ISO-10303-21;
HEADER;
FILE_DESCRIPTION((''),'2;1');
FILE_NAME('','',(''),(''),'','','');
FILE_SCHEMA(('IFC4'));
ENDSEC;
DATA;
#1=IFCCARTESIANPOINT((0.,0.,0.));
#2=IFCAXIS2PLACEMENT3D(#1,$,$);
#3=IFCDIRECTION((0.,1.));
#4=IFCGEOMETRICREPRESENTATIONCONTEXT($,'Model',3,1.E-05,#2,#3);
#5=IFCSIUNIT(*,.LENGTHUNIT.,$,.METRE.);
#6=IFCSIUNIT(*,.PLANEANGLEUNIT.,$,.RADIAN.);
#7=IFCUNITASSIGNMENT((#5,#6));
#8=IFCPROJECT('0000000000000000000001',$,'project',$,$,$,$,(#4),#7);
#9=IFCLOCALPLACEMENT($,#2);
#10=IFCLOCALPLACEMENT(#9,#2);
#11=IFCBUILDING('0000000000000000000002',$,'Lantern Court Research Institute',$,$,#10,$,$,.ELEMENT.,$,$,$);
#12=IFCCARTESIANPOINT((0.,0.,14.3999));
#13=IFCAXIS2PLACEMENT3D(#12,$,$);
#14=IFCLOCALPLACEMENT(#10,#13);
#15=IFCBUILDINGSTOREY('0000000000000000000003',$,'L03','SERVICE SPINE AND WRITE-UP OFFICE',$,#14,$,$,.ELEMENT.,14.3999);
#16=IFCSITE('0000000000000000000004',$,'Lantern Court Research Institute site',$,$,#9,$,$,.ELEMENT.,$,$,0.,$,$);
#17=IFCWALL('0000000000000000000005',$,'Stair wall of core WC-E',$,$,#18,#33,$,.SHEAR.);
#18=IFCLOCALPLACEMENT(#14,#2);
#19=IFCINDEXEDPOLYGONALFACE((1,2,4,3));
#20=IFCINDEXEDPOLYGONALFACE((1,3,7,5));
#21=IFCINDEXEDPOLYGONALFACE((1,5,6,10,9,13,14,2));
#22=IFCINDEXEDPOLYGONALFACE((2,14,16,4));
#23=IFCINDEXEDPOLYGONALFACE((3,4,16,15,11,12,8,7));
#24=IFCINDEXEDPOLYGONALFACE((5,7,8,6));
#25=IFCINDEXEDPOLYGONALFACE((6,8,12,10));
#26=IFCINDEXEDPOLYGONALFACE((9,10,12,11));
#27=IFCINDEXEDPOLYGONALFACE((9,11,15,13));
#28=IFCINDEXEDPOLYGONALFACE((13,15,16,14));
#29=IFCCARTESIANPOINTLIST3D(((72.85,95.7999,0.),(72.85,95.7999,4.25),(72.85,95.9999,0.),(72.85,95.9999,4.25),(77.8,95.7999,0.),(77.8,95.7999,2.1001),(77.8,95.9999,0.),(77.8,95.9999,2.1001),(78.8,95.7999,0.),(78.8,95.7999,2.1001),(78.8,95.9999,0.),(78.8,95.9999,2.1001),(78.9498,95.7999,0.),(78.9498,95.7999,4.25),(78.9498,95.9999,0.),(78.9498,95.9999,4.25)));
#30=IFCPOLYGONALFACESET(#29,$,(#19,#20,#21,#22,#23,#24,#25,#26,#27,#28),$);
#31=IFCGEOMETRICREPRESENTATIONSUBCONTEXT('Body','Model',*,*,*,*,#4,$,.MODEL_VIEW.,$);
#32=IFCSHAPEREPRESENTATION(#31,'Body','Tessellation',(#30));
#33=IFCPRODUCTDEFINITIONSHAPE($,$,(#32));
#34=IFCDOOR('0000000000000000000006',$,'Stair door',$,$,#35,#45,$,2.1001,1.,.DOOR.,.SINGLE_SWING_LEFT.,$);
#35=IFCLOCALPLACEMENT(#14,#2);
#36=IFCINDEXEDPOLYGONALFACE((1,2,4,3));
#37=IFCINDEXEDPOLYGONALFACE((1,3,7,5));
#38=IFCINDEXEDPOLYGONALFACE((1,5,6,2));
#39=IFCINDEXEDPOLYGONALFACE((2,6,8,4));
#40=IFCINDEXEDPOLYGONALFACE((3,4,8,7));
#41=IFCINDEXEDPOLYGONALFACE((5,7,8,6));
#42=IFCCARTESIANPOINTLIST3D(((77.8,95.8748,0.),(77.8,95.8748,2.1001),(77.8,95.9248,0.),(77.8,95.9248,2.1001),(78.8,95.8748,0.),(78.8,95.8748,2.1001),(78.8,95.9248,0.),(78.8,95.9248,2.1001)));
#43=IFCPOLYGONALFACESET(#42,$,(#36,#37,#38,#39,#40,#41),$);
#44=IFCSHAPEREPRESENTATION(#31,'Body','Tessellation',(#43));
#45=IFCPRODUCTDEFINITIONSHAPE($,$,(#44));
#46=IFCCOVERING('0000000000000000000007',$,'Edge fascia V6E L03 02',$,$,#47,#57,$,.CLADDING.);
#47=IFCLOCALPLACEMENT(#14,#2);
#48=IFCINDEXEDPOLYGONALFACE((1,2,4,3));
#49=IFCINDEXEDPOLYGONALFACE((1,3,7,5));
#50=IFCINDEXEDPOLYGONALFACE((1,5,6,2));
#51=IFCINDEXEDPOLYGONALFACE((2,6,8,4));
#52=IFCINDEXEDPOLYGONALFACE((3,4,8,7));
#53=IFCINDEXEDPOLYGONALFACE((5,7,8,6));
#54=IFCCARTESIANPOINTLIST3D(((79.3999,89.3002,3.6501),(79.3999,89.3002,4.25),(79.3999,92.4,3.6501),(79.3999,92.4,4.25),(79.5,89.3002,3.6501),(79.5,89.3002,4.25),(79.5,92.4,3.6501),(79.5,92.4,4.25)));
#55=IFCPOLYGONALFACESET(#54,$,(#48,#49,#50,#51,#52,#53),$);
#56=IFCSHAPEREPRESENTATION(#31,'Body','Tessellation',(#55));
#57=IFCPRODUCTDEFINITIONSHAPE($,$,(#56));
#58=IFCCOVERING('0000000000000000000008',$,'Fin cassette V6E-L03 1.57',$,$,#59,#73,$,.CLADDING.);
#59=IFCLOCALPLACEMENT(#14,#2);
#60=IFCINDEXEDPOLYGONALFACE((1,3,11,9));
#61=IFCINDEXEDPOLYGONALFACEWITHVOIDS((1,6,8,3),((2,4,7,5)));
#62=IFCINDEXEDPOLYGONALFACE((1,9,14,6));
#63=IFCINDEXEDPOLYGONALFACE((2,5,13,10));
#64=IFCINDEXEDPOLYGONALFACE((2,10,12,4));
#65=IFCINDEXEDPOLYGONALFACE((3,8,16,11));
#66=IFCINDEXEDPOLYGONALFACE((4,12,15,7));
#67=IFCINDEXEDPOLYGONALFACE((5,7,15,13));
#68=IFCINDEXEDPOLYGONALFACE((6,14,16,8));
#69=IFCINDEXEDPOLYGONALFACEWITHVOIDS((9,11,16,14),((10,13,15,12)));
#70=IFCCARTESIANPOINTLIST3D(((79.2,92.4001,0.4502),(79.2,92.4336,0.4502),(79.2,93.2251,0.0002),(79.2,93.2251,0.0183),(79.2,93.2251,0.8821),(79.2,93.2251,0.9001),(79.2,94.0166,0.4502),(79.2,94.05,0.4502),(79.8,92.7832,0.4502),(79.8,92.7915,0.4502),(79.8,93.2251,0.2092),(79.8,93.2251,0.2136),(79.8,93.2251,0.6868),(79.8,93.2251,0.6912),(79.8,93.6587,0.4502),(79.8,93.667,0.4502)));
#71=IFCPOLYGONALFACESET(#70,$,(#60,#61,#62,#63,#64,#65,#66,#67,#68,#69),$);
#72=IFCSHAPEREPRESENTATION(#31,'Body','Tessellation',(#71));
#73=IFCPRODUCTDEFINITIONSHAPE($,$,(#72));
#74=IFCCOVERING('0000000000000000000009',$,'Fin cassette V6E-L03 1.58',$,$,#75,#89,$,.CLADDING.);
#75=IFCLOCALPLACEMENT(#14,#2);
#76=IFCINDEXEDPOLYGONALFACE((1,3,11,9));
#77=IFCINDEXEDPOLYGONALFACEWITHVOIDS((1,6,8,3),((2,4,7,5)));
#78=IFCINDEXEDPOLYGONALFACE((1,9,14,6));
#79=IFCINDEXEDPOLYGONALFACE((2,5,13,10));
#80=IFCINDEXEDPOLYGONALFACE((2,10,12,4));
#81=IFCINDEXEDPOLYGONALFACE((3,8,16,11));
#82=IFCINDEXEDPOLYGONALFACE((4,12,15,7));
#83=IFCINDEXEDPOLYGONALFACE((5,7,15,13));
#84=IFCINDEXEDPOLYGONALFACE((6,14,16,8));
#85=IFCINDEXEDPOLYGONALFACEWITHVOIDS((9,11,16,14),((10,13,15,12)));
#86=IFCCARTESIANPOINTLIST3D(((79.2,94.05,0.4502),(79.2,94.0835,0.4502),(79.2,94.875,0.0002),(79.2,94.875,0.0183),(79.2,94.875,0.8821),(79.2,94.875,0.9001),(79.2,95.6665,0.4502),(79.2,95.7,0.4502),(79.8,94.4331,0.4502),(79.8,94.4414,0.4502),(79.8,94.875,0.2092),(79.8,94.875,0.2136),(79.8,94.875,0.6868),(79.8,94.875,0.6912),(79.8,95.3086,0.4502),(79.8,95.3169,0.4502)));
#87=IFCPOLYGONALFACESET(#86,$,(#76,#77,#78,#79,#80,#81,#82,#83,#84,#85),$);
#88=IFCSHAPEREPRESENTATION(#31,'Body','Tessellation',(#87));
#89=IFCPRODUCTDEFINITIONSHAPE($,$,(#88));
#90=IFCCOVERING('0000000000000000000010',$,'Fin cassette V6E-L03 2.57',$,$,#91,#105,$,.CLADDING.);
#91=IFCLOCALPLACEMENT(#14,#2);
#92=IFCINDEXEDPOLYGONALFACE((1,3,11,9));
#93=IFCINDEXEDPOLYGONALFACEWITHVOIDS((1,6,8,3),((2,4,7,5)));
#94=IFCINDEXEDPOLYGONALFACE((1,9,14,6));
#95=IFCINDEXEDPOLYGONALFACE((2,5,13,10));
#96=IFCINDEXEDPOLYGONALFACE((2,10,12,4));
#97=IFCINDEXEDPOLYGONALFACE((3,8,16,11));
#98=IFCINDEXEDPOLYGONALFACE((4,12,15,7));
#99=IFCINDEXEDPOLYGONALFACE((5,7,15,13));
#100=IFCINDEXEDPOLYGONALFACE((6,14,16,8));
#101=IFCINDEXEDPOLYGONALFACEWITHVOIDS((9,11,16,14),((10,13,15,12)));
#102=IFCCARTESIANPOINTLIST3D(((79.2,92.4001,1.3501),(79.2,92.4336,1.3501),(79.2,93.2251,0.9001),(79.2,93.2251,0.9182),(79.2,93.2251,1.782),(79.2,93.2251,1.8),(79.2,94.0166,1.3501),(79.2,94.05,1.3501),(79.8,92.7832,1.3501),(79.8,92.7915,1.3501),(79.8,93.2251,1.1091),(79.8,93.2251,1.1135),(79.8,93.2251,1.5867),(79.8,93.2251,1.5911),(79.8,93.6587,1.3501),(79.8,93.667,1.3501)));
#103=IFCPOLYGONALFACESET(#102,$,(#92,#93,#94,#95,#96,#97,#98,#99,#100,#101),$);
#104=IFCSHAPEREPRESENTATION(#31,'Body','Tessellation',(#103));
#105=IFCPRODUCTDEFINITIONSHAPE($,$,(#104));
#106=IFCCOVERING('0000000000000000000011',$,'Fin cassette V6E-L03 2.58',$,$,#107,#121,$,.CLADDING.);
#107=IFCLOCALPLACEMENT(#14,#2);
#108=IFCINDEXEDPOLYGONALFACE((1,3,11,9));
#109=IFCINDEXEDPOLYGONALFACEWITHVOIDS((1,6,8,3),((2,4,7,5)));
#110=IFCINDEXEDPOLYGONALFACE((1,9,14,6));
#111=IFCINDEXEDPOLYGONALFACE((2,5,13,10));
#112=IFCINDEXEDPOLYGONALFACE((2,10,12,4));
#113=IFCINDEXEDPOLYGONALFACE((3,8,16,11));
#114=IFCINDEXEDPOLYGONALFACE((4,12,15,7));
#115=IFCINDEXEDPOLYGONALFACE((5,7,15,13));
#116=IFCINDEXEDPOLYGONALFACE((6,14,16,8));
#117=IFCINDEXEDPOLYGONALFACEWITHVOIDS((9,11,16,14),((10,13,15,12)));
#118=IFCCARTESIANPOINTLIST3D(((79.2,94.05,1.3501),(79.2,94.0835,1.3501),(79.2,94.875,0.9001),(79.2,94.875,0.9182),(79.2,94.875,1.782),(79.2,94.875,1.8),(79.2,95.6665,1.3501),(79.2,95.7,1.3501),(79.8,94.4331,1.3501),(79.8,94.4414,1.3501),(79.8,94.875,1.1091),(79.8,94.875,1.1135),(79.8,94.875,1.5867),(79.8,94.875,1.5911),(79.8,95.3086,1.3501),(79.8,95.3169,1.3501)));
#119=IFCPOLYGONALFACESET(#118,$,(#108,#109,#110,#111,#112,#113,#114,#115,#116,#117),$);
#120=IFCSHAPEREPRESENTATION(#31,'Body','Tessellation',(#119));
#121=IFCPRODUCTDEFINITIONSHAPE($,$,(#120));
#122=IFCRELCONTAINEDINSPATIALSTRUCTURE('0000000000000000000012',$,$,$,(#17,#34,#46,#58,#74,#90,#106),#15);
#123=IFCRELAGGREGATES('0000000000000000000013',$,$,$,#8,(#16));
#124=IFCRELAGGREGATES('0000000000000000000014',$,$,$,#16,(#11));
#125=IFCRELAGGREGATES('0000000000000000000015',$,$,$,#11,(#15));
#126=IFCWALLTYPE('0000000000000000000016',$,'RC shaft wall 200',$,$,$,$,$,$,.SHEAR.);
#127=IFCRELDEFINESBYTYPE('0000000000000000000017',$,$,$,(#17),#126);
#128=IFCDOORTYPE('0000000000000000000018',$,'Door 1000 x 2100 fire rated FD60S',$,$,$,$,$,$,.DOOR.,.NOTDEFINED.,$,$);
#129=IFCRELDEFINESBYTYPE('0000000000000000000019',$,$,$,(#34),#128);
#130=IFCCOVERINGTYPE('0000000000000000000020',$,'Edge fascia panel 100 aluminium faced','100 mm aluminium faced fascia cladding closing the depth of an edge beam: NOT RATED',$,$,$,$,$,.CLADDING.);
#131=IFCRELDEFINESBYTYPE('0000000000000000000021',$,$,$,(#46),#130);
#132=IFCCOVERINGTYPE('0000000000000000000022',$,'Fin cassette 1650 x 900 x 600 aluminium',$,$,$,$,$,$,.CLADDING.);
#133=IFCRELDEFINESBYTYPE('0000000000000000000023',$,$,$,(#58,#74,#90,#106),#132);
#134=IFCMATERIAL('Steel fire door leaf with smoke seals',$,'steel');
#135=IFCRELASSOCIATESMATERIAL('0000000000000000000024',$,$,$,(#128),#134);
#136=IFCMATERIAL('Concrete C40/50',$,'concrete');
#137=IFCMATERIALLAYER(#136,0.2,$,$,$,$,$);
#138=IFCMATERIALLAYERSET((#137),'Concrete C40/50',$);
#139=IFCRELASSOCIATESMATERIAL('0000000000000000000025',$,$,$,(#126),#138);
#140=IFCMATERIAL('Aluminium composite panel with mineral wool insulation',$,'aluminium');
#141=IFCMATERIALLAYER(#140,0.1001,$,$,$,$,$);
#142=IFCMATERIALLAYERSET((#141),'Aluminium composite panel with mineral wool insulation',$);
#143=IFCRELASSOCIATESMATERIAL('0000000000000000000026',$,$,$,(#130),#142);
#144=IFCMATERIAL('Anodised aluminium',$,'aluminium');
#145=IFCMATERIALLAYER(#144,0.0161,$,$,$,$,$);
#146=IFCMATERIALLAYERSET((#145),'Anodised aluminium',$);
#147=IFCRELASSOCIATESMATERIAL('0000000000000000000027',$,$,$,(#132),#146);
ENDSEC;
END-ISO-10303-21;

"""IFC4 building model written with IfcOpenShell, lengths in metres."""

from ifc_helpers import new_model, entity, si_unit, direction, frame, frame_2d, origin, place, context, subcontext, project, spatial, rectangle, extrude, material, layer, layer_set, type_object, element, fill, save


model = new_model("IFC4")

# Units and contexts
model_context = context("Model", 3, precision=1e-05, world=origin(), true_north=direction((0.0, 1.0)))
body_context = subcontext(model_context, "Body", "Model", "MODEL_VIEW")
ifc_project = project(units=[si_unit("LENGTHUNIT", "METRE"), si_unit("PLANEANGLEUNIT", "RADIAN")], contexts=[model_context])

# Site, building, storey
site_placement = place(None, origin())
site = spatial("IfcSite", under=ifc_project, at=site_placement, Name="Lantern Court Research Institute site", CompositionType="ELEMENT", RefElevation=0.0)
building_placement = place(site_placement, origin())
building = spatial("IfcBuilding", under=site, at=building_placement, Name="Lantern Court Research Institute", CompositionType="ELEMENT")
storey_placement = place(building_placement, frame((0.0, 0.0, 14.3999)))
storey = spatial("IfcBuildingStorey", under=building, at=storey_placement, Name="L03", Description="SERVICE SPINE AND WRITE-UP OFFICE", CompositionType="ELEMENT", Elevation=14.3999)

# Shared definitions
ifc_material_1 = material(Name="Steel fire door leaf with smoke seals", Category="steel")
door_type_1 = type_object("IfcDoorType", Name="Door 1000 x 2100 fire rated FD60S", OperationType="NOTDEFINED", PredefinedType="DOOR", material=ifc_material_1)

# Wall, opening, door
ifc_material_2 = material(Name="Concrete C40/50", Category="concrete")
ifc_layer_1 = layer(ifc_material_2, 0.2)
ifc_layer_set_1 = layer_set([ifc_layer_1], Name="Concrete C40/50")
wall_type_1 = type_object("IfcWallType", Name="RC shaft wall 200", PredefinedType="SHEAR", material=ifc_layer_set_1)
wall_1_placement = place(storey_placement, frame((72.8501, 95.8999, 0.0), z_axis=(0.0, 0.0, 1.0), x_axis=(1.0, 0.0, 0.0)))
wall_1 = element("IfcWall", 1, at=wall_1_placement, inside=storey, type_object=wall_type_1, Name="Stair wall of core WC-E", PredefinedType="SHEAR", context=body_context, shape_type="SweptSolid", body=[
    extrude(rectangle(XDim=6.0999, YDim=0.2, at=frame_2d((3.0498, 0.0))), origin(), (0.0, 0.0, 1.0), 4.25),
])
opening_1_placement = place(wall_1_placement, frame((4.95, 0.0, 0.0)))
opening_1 = element("IfcOpeningElement", 2, at=opening_1_placement, cuts=wall_1, PredefinedType="OPENING", context=body_context, shape_type="SweptSolid", body=[
    extrude(rectangle(XDim=1.0, YDim=2.1001, at=frame_2d((0.5, 1.05))), frame((0.0, 0.1099, 0.0), z_axis=(0.0, -1.0, 0.0), x_axis=(1.0, 0.0, 0.0)), (0.0, 0.0, 1.0), 0.22),
])
door_1_placement = place(opening_1_placement, origin())
door_1 = element("IfcDoor", 3, at=door_1_placement, inside=storey, type_object=door_type_1, Name="Stair door", OperationType="SINGLE_SWING_LEFT", OverallHeight=2.1001, OverallWidth=1.0, PredefinedType="DOOR", context=body_context, shape_type="SweptSolid", body=[
    extrude(rectangle(XDim=1.0, YDim=2.1001, at=frame_2d((0.5, 1.05))), frame((0.0, 0.0249, 0.0), z_axis=(0.0, -1.0, 0.0), x_axis=(1.0, 0.0, 0.0)), (0.0, 0.0, 1.0), 0.05),
])
fill(opening_1, door_1)

# Coverings
ifc_material_3 = material(Name="Aluminium composite panel with mineral wool insulation", Category="aluminium")
ifc_layer_2 = layer(ifc_material_3, 0.1001)
ifc_layer_set_2 = layer_set([ifc_layer_2], Name="Aluminium composite panel with mineral wool insulation")
covering_type_1 = type_object("IfcCoveringType", Name="Edge fascia panel 100 aluminium faced", Description="100 mm aluminium faced fascia cladding closing the depth of an edge beam: NOT RATED", PredefinedType="CLADDING", material=ifc_layer_set_2)
covering_1_placement = place(storey_placement, frame((79.45, 92.3999, 3.6501), z_axis=(0.0, 0.0, 1.0), x_axis=(0.0, -1.0, 0.0)))
element("IfcCovering", 4, at=covering_1_placement, inside=storey, type_object=covering_type_1, Name="Edge fascia V6E L03 02", PredefinedType="CLADDING", context=body_context, shape_type="SweptSolid", body=[
    extrude(rectangle(XDim=3.0999, YDim=0.1001, at=frame_2d((1.5498, 0.0))), origin(), (0.0, 0.0, 1.0), 0.5999),
])
ifc_material_4 = material(Name="Anodised aluminium", Category="aluminium")
ifc_layer_3 = layer(ifc_material_4, 0.0161)
ifc_layer_set_3 = layer_set([ifc_layer_3], Name="Anodised aluminium")
covering_type_2 = type_object("IfcCoveringType", Name="Fin cassette 1650 x 900 x 600 aluminium", PredefinedType="CLADDING", material=ifc_layer_set_3)
covering_2_placement = place(storey_placement, frame((79.2, 93.2251, 0.4502), z_axis=(1.0, 0.0, 0.0), x_axis=(0.0, 1.0, 0.0)))
cartesian_point_1 = entity("IfcCartesianPoint", [0.825, 0.0])
cartesian_point_2 = entity("IfcCartesianPoint", [0.7915, 0.0])
cartesian_point_3 = entity("IfcCartesianPoint", [0.4419, 0.0])
cartesian_point_4 = entity("IfcCartesianPoint", [0.4336, 0.0])
element("IfcCovering", 5, at=covering_2_placement, inside=storey, type_object=covering_type_2, Name="Fin cassette V6E-L03 1.57", PredefinedType="CLADDING", context=body_context, shape_type="SweptSolid", body=[
    entity("IfcExtrudedAreaSolidTapered", entity("IfcArbitraryProfileDefWithVoids", "AREA", None, entity("IfcPolyline", [cartesian_point_1, entity("IfcCartesianPoint", [0.0, 0.45]), entity("IfcCartesianPoint", [-0.825, 0.0]), entity("IfcCartesianPoint", [0.0, -0.45]), cartesian_point_1]), [entity("IfcPolyline", [cartesian_point_2, entity("IfcCartesianPoint", [0.0, 0.4319]), entity("IfcCartesianPoint", [-0.7915, 0.0]), entity("IfcCartesianPoint", [0.0, -0.4319]), cartesian_point_2])]), entity("IfcAxis2Placement3D", entity("IfcCartesianPoint", [0.0, 0.0, 0.0])), entity("IfcDirection", [0.0, 0.0, 1.0]), 0.6001, entity("IfcArbitraryProfileDefWithVoids", "AREA", None, entity("IfcPolyline", [cartesian_point_3, entity("IfcCartesianPoint", [0.0, 0.241]), entity("IfcCartesianPoint", [-0.4419, 0.0]), entity("IfcCartesianPoint", [0.0, -0.241]), cartesian_point_3]), [entity("IfcPolyline", [cartesian_point_4, entity("IfcCartesianPoint", [0.0, 0.2366]), entity("IfcCartesianPoint", [-0.4336, 0.0]), entity("IfcCartesianPoint", [0.0, -0.2366]), cartesian_point_4])])),
])
covering_3_placement = place(storey_placement, frame((79.2, 94.875, 0.4502), z_axis=(1.0, 0.0, 0.0), x_axis=(0.0, 1.0, 0.0)))
cartesian_point_5 = entity("IfcCartesianPoint", [0.825, 0.0])
cartesian_point_6 = entity("IfcCartesianPoint", [0.7915, 0.0])
cartesian_point_7 = entity("IfcCartesianPoint", [0.4419, 0.0])
cartesian_point_8 = entity("IfcCartesianPoint", [0.4336, 0.0])
element("IfcCovering", 6, at=covering_3_placement, inside=storey, type_object=covering_type_2, Name="Fin cassette V6E-L03 1.58", PredefinedType="CLADDING", context=body_context, shape_type="SweptSolid", body=[
    entity("IfcExtrudedAreaSolidTapered", entity("IfcArbitraryProfileDefWithVoids", "AREA", None, entity("IfcPolyline", [cartesian_point_5, entity("IfcCartesianPoint", [0.0, 0.45]), entity("IfcCartesianPoint", [-0.825, 0.0]), entity("IfcCartesianPoint", [0.0, -0.45]), cartesian_point_5]), [entity("IfcPolyline", [cartesian_point_6, entity("IfcCartesianPoint", [0.0, 0.4319]), entity("IfcCartesianPoint", [-0.7915, 0.0]), entity("IfcCartesianPoint", [0.0, -0.4319]), cartesian_point_6])]), entity("IfcAxis2Placement3D", entity("IfcCartesianPoint", [0.0, 0.0, 0.0])), entity("IfcDirection", [0.0, 0.0, 1.0]), 0.6001, entity("IfcArbitraryProfileDefWithVoids", "AREA", None, entity("IfcPolyline", [cartesian_point_7, entity("IfcCartesianPoint", [0.0, 0.241]), entity("IfcCartesianPoint", [-0.4419, 0.0]), entity("IfcCartesianPoint", [0.0, -0.241]), cartesian_point_7]), [entity("IfcPolyline", [cartesian_point_8, entity("IfcCartesianPoint", [0.0, 0.2366]), entity("IfcCartesianPoint", [-0.4336, 0.0]), entity("IfcCartesianPoint", [0.0, -0.2366]), cartesian_point_8])])),
])
covering_4_placement = place(storey_placement, frame((79.2, 93.2251, 1.3501), z_axis=(1.0, 0.0, 0.0), x_axis=(0.0, 1.0, 0.0)))
cartesian_point_9 = entity("IfcCartesianPoint", [0.825, 0.0])
cartesian_point_10 = entity("IfcCartesianPoint", [0.7915, 0.0])
cartesian_point_11 = entity("IfcCartesianPoint", [0.4419, 0.0])
cartesian_point_12 = entity("IfcCartesianPoint", [0.4336, 0.0])
element("IfcCovering", 7, at=covering_4_placement, inside=storey, type_object=covering_type_2, Name="Fin cassette V6E-L03 2.57", PredefinedType="CLADDING", context=body_context, shape_type="SweptSolid", body=[
    entity("IfcExtrudedAreaSolidTapered", entity("IfcArbitraryProfileDefWithVoids", "AREA", None, entity("IfcPolyline", [cartesian_point_9, entity("IfcCartesianPoint", [0.0, 0.45]), entity("IfcCartesianPoint", [-0.825, 0.0]), entity("IfcCartesianPoint", [0.0, -0.45]), cartesian_point_9]), [entity("IfcPolyline", [cartesian_point_10, entity("IfcCartesianPoint", [0.0, 0.4319]), entity("IfcCartesianPoint", [-0.7915, 0.0]), entity("IfcCartesianPoint", [0.0, -0.4319]), cartesian_point_10])]), entity("IfcAxis2Placement3D", entity("IfcCartesianPoint", [0.0, 0.0, 0.0])), entity("IfcDirection", [0.0, 0.0, 1.0]), 0.6001, entity("IfcArbitraryProfileDefWithVoids", "AREA", None, entity("IfcPolyline", [cartesian_point_11, entity("IfcCartesianPoint", [0.0, 0.241]), entity("IfcCartesianPoint", [-0.4419, 0.0]), entity("IfcCartesianPoint", [0.0, -0.241]), cartesian_point_11]), [entity("IfcPolyline", [cartesian_point_12, entity("IfcCartesianPoint", [0.0, 0.2366]), entity("IfcCartesianPoint", [-0.4336, 0.0]), entity("IfcCartesianPoint", [0.0, -0.2366]), cartesian_point_12])])),
])
covering_5_placement = place(storey_placement, frame((79.2, 94.875, 1.3501), z_axis=(1.0, 0.0, 0.0), x_axis=(0.0, 1.0, 0.0)))
cartesian_point_13 = entity("IfcCartesianPoint", [0.825, 0.0])
cartesian_point_14 = entity("IfcCartesianPoint", [0.7915, 0.0])
cartesian_point_15 = entity("IfcCartesianPoint", [0.4419, 0.0])
cartesian_point_16 = entity("IfcCartesianPoint", [0.4336, 0.0])
element("IfcCovering", 8, at=covering_5_placement, inside=storey, type_object=covering_type_2, Name="Fin cassette V6E-L03 2.58", PredefinedType="CLADDING", context=body_context, shape_type="SweptSolid", body=[
    entity("IfcExtrudedAreaSolidTapered", entity("IfcArbitraryProfileDefWithVoids", "AREA", None, entity("IfcPolyline", [cartesian_point_13, entity("IfcCartesianPoint", [0.0, 0.45]), entity("IfcCartesianPoint", [-0.825, 0.0]), entity("IfcCartesianPoint", [0.0, -0.45]), cartesian_point_13]), [entity("IfcPolyline", [cartesian_point_14, entity("IfcCartesianPoint", [0.0, 0.4319]), entity("IfcCartesianPoint", [-0.7915, 0.0]), entity("IfcCartesianPoint", [0.0, -0.4319]), cartesian_point_14])]), entity("IfcAxis2Placement3D", entity("IfcCartesianPoint", [0.0, 0.0, 0.0])), entity("IfcDirection", [0.0, 0.0, 1.0]), 0.6001, entity("IfcArbitraryProfileDefWithVoids", "AREA", None, entity("IfcPolyline", [cartesian_point_15, entity("IfcCartesianPoint", [0.0, 0.241]), entity("IfcCartesianPoint", [-0.4419, 0.0]), entity("IfcCartesianPoint", [0.0, -0.241]), cartesian_point_15]), [entity("IfcPolyline", [cartesian_point_16, entity("IfcCartesianPoint", [0.0, 0.2366]), entity("IfcCartesianPoint", [-0.4336, 0.0]), entity("IfcCartesianPoint", [0.0, -0.2366]), cartesian_point_16])])),
])

save(model, "model.ifc")
